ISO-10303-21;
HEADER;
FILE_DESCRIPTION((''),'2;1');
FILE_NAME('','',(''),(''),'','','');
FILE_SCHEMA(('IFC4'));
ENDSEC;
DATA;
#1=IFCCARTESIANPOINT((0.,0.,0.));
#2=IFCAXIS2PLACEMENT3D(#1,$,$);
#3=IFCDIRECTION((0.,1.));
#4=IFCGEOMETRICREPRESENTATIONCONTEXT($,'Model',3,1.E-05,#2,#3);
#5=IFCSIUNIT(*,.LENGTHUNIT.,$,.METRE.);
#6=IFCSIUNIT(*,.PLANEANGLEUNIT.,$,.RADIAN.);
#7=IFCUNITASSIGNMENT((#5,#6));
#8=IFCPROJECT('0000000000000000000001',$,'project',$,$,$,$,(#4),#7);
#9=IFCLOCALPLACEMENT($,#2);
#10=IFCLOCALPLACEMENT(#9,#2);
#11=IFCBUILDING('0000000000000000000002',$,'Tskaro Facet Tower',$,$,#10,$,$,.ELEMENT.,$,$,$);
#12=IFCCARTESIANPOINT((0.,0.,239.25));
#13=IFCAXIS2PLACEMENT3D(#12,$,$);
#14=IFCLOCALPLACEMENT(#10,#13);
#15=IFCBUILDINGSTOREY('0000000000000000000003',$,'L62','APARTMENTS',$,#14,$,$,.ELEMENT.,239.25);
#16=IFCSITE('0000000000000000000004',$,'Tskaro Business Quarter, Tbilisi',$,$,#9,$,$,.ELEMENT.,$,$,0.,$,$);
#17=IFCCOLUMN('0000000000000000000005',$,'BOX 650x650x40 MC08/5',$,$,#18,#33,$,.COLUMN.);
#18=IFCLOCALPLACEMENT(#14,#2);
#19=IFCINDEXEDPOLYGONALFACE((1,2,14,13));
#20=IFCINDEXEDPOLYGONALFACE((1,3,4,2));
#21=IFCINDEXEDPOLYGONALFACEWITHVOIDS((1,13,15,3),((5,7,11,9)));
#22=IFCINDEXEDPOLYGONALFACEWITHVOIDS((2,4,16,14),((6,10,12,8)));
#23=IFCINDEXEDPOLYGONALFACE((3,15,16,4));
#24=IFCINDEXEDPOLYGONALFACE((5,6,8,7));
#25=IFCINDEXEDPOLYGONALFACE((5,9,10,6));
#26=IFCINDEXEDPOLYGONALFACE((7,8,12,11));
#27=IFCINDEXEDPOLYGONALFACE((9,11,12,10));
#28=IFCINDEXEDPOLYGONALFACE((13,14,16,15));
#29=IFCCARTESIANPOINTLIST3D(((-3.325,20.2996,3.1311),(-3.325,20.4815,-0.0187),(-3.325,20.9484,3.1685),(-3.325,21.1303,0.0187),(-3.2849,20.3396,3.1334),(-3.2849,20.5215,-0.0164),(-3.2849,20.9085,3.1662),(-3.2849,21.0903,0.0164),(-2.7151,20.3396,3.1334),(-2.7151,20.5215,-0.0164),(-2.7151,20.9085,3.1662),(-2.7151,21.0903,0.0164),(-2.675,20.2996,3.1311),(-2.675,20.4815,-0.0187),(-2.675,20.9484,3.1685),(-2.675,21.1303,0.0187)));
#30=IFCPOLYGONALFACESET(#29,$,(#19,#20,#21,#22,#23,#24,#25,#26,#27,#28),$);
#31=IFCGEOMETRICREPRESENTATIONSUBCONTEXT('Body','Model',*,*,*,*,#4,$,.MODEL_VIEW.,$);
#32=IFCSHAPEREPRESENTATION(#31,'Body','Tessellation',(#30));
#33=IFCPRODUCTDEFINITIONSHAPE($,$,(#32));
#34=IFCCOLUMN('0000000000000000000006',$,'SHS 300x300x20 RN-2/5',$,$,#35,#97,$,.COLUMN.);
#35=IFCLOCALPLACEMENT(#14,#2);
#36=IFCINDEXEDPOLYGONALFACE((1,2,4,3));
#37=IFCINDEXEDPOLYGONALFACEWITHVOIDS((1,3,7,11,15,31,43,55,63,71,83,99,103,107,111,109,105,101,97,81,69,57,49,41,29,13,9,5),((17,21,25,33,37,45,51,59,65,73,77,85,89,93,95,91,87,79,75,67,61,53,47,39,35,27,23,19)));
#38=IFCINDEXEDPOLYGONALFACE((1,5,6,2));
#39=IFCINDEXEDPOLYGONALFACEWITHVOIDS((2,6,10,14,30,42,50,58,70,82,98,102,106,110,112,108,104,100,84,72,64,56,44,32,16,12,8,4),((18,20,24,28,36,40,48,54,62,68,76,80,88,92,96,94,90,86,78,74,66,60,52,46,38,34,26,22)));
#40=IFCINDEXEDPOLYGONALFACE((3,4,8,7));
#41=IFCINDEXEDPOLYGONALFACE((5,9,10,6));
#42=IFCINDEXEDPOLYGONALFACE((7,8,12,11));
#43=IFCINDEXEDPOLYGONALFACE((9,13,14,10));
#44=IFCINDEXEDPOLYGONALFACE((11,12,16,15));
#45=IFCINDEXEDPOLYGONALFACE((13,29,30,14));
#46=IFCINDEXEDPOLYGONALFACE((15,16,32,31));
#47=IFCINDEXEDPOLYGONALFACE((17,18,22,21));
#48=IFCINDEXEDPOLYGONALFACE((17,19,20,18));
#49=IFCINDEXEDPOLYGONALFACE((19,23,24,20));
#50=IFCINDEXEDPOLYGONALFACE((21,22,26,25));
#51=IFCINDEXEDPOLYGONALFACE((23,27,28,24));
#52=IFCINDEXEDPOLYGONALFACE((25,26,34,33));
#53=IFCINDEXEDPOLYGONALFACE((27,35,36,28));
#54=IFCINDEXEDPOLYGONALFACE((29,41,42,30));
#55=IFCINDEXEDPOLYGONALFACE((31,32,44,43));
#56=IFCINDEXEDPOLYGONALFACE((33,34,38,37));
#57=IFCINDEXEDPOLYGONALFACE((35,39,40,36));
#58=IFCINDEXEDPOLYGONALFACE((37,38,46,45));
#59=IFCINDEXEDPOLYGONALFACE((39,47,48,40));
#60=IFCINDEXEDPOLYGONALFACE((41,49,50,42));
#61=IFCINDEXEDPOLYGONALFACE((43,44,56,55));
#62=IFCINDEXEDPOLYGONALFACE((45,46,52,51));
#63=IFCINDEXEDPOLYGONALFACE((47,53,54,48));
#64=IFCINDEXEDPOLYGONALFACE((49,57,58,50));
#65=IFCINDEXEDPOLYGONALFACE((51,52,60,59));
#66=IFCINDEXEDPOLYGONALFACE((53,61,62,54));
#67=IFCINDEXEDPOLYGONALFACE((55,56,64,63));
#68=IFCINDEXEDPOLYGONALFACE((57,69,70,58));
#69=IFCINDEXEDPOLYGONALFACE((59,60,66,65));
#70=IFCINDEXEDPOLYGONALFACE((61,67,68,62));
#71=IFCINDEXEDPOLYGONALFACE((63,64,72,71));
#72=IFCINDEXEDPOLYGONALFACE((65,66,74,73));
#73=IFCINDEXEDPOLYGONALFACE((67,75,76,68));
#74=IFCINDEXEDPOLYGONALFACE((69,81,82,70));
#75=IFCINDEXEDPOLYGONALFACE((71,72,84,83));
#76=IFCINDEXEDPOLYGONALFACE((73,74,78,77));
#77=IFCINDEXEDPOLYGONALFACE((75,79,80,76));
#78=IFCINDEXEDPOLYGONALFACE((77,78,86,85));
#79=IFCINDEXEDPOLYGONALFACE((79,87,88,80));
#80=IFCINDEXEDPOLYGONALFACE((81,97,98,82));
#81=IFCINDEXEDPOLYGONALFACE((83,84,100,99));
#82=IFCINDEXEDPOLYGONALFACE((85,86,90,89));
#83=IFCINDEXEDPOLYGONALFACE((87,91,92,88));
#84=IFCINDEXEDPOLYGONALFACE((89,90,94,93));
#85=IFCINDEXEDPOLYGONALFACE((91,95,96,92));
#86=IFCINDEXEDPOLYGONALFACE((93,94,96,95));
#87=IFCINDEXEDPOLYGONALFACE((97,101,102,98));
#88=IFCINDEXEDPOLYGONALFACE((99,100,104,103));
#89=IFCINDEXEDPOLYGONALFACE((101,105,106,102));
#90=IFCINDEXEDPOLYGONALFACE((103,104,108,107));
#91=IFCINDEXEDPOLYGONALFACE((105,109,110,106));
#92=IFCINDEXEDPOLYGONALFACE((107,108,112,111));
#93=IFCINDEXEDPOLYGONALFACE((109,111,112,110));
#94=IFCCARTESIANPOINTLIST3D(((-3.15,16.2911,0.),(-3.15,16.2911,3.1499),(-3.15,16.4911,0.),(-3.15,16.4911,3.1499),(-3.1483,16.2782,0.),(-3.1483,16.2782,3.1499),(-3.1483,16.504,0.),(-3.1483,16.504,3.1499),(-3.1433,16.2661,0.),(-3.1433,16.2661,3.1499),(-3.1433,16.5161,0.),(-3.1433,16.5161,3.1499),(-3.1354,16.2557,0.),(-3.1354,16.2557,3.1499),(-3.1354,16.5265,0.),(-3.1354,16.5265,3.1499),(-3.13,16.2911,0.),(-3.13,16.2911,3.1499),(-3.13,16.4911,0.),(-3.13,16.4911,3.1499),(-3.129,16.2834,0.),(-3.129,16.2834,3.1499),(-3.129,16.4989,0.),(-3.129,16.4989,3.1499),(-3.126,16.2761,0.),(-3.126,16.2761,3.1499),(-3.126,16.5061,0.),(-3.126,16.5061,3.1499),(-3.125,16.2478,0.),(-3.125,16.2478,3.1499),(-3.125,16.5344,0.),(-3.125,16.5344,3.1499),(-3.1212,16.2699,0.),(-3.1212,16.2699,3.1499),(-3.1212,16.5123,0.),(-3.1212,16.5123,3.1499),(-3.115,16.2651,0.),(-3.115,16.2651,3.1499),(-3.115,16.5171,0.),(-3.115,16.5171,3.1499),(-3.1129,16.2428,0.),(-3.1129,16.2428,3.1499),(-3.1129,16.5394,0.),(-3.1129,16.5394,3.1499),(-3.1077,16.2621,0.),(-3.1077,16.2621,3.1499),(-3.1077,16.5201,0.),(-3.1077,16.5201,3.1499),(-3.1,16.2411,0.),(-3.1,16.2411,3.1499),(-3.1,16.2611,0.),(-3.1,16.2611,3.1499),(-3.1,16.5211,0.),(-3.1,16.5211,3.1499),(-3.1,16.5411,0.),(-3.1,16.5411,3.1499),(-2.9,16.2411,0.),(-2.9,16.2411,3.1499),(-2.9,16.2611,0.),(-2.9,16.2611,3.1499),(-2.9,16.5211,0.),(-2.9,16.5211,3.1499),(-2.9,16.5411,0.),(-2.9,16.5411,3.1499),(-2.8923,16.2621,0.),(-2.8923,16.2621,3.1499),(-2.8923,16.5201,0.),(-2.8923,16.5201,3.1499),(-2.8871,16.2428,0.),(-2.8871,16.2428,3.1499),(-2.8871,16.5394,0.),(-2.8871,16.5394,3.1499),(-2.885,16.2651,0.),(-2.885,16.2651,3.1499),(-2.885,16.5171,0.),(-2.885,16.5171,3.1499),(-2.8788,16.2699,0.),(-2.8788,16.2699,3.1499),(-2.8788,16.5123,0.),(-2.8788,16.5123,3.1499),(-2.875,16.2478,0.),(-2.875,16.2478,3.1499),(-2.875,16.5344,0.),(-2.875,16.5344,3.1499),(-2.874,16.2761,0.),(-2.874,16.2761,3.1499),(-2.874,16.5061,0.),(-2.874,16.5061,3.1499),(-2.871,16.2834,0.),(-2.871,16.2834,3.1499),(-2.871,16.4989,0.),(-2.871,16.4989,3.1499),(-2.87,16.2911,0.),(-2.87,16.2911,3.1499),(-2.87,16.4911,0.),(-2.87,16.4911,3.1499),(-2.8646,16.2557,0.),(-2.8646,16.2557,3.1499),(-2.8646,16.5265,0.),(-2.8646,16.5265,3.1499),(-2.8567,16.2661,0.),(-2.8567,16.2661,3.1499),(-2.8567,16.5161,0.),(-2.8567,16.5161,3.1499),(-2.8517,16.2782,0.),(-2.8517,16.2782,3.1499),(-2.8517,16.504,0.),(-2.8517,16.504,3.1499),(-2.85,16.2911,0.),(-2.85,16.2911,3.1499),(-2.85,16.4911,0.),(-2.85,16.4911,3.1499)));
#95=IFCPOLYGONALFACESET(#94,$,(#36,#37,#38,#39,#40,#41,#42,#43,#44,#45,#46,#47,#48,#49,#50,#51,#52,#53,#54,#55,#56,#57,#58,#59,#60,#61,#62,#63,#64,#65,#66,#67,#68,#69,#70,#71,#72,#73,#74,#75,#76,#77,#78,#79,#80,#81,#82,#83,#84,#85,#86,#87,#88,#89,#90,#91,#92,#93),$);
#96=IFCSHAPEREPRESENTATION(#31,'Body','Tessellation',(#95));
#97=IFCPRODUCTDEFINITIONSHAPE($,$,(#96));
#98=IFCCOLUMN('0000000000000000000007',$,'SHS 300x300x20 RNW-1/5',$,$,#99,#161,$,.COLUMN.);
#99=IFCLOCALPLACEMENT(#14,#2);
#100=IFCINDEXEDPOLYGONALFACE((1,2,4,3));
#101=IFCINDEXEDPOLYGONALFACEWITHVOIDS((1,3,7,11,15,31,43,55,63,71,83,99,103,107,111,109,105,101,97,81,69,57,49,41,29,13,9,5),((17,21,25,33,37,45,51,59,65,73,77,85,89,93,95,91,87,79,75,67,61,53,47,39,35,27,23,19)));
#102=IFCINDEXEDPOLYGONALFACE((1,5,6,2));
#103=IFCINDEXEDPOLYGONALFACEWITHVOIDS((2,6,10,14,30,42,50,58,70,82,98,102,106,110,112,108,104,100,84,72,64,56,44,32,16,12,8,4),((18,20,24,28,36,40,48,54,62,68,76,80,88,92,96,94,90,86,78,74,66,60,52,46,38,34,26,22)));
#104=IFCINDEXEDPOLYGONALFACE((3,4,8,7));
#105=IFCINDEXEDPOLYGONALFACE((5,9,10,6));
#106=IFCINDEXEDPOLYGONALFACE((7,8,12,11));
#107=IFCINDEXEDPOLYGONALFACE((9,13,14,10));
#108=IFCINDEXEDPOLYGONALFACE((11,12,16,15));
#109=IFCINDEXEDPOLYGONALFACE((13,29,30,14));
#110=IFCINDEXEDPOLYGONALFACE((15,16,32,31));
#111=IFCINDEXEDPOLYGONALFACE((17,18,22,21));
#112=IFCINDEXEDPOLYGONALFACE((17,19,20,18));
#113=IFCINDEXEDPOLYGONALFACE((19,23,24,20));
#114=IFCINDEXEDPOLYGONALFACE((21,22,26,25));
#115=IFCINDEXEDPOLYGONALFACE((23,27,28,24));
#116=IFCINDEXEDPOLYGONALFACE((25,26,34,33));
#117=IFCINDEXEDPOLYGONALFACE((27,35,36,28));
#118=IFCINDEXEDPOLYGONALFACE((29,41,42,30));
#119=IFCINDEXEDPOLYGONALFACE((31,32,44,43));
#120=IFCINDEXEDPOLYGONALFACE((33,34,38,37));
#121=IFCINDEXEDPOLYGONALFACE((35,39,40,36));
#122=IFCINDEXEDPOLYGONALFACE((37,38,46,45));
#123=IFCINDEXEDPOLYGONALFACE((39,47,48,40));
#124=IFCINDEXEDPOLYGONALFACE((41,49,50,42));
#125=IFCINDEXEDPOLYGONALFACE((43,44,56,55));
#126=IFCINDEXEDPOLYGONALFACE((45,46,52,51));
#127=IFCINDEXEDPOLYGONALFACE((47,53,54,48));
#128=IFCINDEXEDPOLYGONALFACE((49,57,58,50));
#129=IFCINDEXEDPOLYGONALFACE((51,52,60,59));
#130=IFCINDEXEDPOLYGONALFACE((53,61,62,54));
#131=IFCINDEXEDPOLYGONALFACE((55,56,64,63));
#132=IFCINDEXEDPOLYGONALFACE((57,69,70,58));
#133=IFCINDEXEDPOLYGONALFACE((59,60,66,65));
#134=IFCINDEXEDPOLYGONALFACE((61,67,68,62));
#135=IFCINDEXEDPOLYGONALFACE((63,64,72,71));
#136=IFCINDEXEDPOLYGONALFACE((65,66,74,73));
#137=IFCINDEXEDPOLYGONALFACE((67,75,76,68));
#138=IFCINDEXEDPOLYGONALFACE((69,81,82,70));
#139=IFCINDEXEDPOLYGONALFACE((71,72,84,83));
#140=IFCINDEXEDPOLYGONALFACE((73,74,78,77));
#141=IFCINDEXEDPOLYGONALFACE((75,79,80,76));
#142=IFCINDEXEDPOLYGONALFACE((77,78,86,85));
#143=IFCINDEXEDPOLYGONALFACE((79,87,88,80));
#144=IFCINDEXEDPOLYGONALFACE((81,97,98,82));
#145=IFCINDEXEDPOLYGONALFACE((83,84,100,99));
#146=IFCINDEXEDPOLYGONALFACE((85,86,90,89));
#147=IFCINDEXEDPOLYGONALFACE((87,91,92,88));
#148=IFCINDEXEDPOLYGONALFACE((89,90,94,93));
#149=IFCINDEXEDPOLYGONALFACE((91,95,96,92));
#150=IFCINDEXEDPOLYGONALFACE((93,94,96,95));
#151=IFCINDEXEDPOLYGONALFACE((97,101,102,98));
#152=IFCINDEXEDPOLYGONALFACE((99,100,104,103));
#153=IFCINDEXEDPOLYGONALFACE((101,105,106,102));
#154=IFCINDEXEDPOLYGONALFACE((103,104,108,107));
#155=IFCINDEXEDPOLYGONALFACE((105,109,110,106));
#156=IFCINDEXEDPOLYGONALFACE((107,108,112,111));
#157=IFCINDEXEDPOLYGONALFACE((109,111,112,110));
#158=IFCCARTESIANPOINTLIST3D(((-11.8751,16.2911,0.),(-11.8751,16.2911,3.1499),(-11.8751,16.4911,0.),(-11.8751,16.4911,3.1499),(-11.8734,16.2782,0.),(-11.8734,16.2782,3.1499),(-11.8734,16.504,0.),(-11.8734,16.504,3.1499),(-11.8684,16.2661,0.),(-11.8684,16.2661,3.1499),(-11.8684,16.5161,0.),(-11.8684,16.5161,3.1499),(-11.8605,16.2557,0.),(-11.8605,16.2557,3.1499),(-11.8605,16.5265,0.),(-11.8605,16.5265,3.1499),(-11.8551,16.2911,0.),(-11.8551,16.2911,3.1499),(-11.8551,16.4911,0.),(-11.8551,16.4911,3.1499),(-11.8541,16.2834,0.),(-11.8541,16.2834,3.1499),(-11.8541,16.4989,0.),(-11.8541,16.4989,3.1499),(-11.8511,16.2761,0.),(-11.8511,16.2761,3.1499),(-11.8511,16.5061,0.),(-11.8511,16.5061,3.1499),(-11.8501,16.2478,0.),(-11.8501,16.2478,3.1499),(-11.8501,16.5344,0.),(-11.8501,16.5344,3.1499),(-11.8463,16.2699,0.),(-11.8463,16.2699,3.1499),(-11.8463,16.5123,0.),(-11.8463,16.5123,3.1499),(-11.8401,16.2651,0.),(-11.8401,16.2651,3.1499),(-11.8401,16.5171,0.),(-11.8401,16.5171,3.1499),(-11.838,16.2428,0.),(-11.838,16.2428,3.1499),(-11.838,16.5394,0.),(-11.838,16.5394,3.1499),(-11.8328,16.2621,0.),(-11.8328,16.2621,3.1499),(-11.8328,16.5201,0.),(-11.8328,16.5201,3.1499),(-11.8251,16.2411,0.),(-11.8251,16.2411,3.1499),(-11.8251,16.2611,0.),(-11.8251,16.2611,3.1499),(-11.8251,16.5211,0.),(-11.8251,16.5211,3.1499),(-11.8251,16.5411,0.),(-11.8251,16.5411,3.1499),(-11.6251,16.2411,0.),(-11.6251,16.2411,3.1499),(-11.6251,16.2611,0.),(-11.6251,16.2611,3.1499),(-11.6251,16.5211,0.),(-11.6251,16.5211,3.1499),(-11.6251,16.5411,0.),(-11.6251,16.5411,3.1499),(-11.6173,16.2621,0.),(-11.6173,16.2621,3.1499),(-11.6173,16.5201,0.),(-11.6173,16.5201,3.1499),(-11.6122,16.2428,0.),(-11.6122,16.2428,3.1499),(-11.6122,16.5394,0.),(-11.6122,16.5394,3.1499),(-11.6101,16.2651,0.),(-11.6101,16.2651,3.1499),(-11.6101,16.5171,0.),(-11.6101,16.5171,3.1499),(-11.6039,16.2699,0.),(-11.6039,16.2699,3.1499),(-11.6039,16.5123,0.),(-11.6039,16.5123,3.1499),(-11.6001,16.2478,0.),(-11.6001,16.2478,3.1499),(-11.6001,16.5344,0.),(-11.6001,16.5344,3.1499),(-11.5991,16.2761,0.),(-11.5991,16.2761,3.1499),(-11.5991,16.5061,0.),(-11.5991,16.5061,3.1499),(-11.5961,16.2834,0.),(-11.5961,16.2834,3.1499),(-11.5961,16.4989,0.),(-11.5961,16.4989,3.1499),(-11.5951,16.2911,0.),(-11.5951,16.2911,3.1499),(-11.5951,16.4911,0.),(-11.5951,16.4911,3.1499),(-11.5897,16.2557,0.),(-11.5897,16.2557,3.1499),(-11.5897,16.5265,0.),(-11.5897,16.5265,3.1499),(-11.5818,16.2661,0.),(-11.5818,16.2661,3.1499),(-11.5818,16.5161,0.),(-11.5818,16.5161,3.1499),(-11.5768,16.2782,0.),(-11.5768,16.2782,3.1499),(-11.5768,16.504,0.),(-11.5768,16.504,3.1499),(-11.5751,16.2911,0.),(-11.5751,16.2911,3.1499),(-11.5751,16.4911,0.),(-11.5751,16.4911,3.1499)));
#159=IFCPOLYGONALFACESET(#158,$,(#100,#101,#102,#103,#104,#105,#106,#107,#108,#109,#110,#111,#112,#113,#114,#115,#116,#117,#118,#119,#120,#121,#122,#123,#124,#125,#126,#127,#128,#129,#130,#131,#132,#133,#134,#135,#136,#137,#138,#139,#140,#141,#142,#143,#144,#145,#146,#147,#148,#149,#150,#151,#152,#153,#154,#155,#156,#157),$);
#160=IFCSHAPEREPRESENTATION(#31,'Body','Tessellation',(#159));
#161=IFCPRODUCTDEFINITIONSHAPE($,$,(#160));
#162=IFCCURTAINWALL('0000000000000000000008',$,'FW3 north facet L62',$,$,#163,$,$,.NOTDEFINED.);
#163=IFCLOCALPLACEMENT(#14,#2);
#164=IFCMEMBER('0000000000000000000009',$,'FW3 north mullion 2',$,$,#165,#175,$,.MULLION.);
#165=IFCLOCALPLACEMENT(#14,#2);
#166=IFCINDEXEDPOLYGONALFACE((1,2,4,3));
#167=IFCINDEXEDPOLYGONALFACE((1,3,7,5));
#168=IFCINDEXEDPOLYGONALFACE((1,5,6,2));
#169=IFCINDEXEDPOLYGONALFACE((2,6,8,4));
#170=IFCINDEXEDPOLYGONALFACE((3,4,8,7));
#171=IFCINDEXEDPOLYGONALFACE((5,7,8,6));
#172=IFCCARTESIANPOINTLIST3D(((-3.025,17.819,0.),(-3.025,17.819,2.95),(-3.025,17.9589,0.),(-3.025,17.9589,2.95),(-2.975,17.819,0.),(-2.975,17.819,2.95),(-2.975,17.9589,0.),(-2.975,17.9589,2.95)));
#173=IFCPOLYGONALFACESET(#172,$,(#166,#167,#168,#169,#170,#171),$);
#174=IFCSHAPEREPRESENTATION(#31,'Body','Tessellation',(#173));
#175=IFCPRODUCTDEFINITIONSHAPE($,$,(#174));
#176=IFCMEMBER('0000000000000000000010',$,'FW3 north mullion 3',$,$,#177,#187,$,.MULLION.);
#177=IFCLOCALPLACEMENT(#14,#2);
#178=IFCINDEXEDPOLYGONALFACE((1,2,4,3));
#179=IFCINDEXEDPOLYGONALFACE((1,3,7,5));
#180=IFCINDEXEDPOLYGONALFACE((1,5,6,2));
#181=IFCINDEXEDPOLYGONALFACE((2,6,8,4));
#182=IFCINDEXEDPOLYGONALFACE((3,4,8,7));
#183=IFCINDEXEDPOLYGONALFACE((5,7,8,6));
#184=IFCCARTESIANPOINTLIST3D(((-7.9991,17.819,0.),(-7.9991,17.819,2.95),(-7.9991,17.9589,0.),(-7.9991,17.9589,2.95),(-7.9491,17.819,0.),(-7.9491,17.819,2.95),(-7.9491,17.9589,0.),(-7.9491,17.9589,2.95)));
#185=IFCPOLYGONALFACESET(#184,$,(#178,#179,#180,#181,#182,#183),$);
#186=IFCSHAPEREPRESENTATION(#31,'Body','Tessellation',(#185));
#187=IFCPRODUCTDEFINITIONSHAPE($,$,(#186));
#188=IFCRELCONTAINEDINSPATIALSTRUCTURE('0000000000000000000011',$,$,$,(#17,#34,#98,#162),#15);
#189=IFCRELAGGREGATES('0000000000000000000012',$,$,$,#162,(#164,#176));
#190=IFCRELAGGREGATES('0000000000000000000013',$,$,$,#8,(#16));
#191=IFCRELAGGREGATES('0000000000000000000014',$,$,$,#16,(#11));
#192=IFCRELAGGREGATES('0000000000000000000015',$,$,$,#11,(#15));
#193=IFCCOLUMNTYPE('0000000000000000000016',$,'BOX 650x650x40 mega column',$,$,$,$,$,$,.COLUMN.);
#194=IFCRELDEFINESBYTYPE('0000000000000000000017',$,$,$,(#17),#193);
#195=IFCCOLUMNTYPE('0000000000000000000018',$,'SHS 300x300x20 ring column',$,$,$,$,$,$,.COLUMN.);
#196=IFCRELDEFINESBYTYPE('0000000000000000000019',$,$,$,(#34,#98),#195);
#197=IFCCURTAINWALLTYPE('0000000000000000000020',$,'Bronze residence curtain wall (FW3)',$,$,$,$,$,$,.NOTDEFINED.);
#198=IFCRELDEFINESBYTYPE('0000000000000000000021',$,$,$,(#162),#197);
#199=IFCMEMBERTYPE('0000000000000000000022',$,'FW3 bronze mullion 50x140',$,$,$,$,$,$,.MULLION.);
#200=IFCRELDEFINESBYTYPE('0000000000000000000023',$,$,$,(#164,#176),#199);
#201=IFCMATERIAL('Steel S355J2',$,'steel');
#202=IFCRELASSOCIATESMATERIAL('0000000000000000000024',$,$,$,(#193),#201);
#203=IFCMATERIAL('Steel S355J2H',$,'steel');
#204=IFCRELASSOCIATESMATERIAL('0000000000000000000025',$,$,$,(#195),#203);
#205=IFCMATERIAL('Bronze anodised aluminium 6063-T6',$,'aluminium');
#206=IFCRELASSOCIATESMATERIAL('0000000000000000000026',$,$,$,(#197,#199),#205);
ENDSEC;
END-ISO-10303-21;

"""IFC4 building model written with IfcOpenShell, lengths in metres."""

from ifc_helpers import new_model, si_unit, direction, frame, origin, origin_2d, place, context, subcontext, project, spatial, rectangle, hollow_rectangle, extrude, material, material_profile, profile_set, type_object, element, aggregate, save


model = new_model("IFC4")

# Units and contexts
model_context = context("Model", 3, precision=1e-05, world=origin(), true_north=direction((0.0, 1.0)))
body_context = subcontext(model_context, "Body", "Model", "MODEL_VIEW")
ifc_project = project(units=[si_unit("LENGTHUNIT", "METRE"), si_unit("PLANEANGLEUNIT", "RADIAN")], contexts=[model_context])

# Site, building, storey
site_placement = place(None, origin())
site = spatial("IfcSite", under=ifc_project, at=site_placement, Name="Tskaro Business Quarter, Tbilisi", CompositionType="ELEMENT", RefElevation=0.0)
building_placement = place(site_placement, origin())
building = spatial("IfcBuilding", under=site, at=building_placement, Name="Tskaro Facet Tower", CompositionType="ELEMENT")
storey_placement = place(building_placement, frame((0.0, 0.0, 239.25)))
storey = spatial("IfcBuildingStorey", under=building, at=storey_placement, Name="L62", Description="APARTMENTS", CompositionType="ELEMENT", Elevation=239.25)

# Columns
ifc_material_1 = material(Name="Steel S355J2", Category="steel")
ifc_material_profile_1 = material_profile(ifc_material_1, hollow_rectangle(XDim=0.6499, YDim=0.6499, WallThickness=0.04, at=origin_2d()), Name="BOX 650x650x40")
ifc_profile_set_1 = profile_set([ifc_material_profile_1], Name="Steel S355J2")
column_type_1 = type_object("IfcColumnType", Name="BOX 650x650x40 mega column", PredefinedType="COLUMN", material=ifc_profile_set_1)
column_placement = place(storey_placement, frame((-3.0, 20.8059, 0.0), z_axis=(0.0, -0.057647, 0.998337), x_axis=(1.0, 0.0, 0.0)))
element("IfcColumn", 1, at=column_placement, inside=storey, type_object=column_type_1, Name="BOX 650x650x40 MC08/5", PredefinedType="COLUMN", context=body_context, shape_type="SweptSolid", body=[
    extrude(hollow_rectangle(XDim=0.6499, YDim=0.6499, WallThickness=0.04, at=origin_2d()), origin(), (0.0, 0.0, 1.0), 3.155),
])
ifc_material_2 = material(Name="Steel S355J2H", Category="steel")
ifc_material_profile_2 = material_profile(ifc_material_2, hollow_rectangle(XDim=0.3, YDim=0.3, WallThickness=0.02, InnerFilletRadius=0.03, OuterFilletRadius=0.05, at=origin_2d()), Name="SHS 300x300x20")
ifc_profile_set_2 = profile_set([ifc_material_profile_2], Name="Steel S355J2H")
column_type_2 = type_object("IfcColumnType", Name="SHS 300x300x20 ring column", PredefinedType="COLUMN", material=ifc_profile_set_2)
for number, where, z_axis, x_axis, name in (
    (2, (-3.0, 16.3911, 0.0), (0.0, 0.0, 1.0), (1.0, 0.0, 0.0), "SHS 300x300x20 RN-2/5"),
    (3, (-11.7251, 16.3911, 0.0), (0.0, 0.0, 1.0), (1.0, 0.0, 0.0), "SHS 300x300x20 RNW-1/5"),
):
    element("IfcColumn", number, at=place(storey_placement, frame(where, z_axis=z_axis, x_axis=x_axis)), inside=storey, type_object=column_type_2, Name=name, PredefinedType="COLUMN", context=body_context, shape_type="SweptSolid", body=[
        extrude(hollow_rectangle(XDim=0.3, YDim=0.3, WallThickness=0.02, InnerFilletRadius=0.03, OuterFilletRadius=0.05, at=origin_2d()), origin(), (0.0, 0.0, 1.0), 3.1499),
    ])

# Curtain wall, members
ifc_material_3 = material(Name="Bronze anodised aluminium 6063-T6", Category="aluminium")
curtain_wall_type = type_object("IfcCurtainWallType", Name="Bronze residence curtain wall (FW3)", PredefinedType="NOTDEFINED", material=ifc_material_3)
curtain_wall_placement = place(storey_placement, origin())
curtain_wall = element("IfcCurtainWall", 4, at=curtain_wall_placement, inside=storey, type_object=curtain_wall_type, Name="FW3 north facet L62", PredefinedType="NOTDEFINED")
ifc_material_profile_3 = material_profile(ifc_material_3, rectangle(XDim=0.05, YDim=0.1399, at=origin_2d()), Name="Mullion 50x140")
ifc_profile_set_3 = profile_set([ifc_material_profile_3], Name="Bronze anodised aluminium 6063-T6")
member_type_1 = type_object("IfcMemberType", Name="FW3 bronze mullion 50x140", PredefinedType="MULLION", material=ifc_profile_set_3)
member_1_placement = place(storey_placement, frame((-3.0, 17.8889, 0.0), z_axis=(0.0, 0.0, 1.0), x_axis=(-1.0, 0.0, 0.0)))
member_1 = element("IfcMember", 5, at=member_1_placement, type_object=member_type_1, Name="FW3 north mullion 2", PredefinedType="MULLION", context=body_context, shape_type="SweptSolid", body=[
    extrude(rectangle(XDim=0.05, YDim=0.1399, at=origin_2d()), origin(), (0.0, 0.0, 1.0), 2.95),
])
member_2_placement = place(storey_placement, frame((-7.9741, 17.8889, 0.0), z_axis=(0.0, 0.0, 1.0), x_axis=(-1.0, 0.0, 0.0)))
member_2 = element("IfcMember", 6, at=member_2_placement, type_object=member_type_1, Name="FW3 north mullion 3", PredefinedType="MULLION", context=body_context, shape_type="SweptSolid", body=[
    extrude(rectangle(XDim=0.05, YDim=0.1399, at=origin_2d()), origin(), (0.0, 0.0, 1.0), 2.95),
])

aggregate(curtain_wall, [member_1, member_2])

save(model, "model.ifc")
